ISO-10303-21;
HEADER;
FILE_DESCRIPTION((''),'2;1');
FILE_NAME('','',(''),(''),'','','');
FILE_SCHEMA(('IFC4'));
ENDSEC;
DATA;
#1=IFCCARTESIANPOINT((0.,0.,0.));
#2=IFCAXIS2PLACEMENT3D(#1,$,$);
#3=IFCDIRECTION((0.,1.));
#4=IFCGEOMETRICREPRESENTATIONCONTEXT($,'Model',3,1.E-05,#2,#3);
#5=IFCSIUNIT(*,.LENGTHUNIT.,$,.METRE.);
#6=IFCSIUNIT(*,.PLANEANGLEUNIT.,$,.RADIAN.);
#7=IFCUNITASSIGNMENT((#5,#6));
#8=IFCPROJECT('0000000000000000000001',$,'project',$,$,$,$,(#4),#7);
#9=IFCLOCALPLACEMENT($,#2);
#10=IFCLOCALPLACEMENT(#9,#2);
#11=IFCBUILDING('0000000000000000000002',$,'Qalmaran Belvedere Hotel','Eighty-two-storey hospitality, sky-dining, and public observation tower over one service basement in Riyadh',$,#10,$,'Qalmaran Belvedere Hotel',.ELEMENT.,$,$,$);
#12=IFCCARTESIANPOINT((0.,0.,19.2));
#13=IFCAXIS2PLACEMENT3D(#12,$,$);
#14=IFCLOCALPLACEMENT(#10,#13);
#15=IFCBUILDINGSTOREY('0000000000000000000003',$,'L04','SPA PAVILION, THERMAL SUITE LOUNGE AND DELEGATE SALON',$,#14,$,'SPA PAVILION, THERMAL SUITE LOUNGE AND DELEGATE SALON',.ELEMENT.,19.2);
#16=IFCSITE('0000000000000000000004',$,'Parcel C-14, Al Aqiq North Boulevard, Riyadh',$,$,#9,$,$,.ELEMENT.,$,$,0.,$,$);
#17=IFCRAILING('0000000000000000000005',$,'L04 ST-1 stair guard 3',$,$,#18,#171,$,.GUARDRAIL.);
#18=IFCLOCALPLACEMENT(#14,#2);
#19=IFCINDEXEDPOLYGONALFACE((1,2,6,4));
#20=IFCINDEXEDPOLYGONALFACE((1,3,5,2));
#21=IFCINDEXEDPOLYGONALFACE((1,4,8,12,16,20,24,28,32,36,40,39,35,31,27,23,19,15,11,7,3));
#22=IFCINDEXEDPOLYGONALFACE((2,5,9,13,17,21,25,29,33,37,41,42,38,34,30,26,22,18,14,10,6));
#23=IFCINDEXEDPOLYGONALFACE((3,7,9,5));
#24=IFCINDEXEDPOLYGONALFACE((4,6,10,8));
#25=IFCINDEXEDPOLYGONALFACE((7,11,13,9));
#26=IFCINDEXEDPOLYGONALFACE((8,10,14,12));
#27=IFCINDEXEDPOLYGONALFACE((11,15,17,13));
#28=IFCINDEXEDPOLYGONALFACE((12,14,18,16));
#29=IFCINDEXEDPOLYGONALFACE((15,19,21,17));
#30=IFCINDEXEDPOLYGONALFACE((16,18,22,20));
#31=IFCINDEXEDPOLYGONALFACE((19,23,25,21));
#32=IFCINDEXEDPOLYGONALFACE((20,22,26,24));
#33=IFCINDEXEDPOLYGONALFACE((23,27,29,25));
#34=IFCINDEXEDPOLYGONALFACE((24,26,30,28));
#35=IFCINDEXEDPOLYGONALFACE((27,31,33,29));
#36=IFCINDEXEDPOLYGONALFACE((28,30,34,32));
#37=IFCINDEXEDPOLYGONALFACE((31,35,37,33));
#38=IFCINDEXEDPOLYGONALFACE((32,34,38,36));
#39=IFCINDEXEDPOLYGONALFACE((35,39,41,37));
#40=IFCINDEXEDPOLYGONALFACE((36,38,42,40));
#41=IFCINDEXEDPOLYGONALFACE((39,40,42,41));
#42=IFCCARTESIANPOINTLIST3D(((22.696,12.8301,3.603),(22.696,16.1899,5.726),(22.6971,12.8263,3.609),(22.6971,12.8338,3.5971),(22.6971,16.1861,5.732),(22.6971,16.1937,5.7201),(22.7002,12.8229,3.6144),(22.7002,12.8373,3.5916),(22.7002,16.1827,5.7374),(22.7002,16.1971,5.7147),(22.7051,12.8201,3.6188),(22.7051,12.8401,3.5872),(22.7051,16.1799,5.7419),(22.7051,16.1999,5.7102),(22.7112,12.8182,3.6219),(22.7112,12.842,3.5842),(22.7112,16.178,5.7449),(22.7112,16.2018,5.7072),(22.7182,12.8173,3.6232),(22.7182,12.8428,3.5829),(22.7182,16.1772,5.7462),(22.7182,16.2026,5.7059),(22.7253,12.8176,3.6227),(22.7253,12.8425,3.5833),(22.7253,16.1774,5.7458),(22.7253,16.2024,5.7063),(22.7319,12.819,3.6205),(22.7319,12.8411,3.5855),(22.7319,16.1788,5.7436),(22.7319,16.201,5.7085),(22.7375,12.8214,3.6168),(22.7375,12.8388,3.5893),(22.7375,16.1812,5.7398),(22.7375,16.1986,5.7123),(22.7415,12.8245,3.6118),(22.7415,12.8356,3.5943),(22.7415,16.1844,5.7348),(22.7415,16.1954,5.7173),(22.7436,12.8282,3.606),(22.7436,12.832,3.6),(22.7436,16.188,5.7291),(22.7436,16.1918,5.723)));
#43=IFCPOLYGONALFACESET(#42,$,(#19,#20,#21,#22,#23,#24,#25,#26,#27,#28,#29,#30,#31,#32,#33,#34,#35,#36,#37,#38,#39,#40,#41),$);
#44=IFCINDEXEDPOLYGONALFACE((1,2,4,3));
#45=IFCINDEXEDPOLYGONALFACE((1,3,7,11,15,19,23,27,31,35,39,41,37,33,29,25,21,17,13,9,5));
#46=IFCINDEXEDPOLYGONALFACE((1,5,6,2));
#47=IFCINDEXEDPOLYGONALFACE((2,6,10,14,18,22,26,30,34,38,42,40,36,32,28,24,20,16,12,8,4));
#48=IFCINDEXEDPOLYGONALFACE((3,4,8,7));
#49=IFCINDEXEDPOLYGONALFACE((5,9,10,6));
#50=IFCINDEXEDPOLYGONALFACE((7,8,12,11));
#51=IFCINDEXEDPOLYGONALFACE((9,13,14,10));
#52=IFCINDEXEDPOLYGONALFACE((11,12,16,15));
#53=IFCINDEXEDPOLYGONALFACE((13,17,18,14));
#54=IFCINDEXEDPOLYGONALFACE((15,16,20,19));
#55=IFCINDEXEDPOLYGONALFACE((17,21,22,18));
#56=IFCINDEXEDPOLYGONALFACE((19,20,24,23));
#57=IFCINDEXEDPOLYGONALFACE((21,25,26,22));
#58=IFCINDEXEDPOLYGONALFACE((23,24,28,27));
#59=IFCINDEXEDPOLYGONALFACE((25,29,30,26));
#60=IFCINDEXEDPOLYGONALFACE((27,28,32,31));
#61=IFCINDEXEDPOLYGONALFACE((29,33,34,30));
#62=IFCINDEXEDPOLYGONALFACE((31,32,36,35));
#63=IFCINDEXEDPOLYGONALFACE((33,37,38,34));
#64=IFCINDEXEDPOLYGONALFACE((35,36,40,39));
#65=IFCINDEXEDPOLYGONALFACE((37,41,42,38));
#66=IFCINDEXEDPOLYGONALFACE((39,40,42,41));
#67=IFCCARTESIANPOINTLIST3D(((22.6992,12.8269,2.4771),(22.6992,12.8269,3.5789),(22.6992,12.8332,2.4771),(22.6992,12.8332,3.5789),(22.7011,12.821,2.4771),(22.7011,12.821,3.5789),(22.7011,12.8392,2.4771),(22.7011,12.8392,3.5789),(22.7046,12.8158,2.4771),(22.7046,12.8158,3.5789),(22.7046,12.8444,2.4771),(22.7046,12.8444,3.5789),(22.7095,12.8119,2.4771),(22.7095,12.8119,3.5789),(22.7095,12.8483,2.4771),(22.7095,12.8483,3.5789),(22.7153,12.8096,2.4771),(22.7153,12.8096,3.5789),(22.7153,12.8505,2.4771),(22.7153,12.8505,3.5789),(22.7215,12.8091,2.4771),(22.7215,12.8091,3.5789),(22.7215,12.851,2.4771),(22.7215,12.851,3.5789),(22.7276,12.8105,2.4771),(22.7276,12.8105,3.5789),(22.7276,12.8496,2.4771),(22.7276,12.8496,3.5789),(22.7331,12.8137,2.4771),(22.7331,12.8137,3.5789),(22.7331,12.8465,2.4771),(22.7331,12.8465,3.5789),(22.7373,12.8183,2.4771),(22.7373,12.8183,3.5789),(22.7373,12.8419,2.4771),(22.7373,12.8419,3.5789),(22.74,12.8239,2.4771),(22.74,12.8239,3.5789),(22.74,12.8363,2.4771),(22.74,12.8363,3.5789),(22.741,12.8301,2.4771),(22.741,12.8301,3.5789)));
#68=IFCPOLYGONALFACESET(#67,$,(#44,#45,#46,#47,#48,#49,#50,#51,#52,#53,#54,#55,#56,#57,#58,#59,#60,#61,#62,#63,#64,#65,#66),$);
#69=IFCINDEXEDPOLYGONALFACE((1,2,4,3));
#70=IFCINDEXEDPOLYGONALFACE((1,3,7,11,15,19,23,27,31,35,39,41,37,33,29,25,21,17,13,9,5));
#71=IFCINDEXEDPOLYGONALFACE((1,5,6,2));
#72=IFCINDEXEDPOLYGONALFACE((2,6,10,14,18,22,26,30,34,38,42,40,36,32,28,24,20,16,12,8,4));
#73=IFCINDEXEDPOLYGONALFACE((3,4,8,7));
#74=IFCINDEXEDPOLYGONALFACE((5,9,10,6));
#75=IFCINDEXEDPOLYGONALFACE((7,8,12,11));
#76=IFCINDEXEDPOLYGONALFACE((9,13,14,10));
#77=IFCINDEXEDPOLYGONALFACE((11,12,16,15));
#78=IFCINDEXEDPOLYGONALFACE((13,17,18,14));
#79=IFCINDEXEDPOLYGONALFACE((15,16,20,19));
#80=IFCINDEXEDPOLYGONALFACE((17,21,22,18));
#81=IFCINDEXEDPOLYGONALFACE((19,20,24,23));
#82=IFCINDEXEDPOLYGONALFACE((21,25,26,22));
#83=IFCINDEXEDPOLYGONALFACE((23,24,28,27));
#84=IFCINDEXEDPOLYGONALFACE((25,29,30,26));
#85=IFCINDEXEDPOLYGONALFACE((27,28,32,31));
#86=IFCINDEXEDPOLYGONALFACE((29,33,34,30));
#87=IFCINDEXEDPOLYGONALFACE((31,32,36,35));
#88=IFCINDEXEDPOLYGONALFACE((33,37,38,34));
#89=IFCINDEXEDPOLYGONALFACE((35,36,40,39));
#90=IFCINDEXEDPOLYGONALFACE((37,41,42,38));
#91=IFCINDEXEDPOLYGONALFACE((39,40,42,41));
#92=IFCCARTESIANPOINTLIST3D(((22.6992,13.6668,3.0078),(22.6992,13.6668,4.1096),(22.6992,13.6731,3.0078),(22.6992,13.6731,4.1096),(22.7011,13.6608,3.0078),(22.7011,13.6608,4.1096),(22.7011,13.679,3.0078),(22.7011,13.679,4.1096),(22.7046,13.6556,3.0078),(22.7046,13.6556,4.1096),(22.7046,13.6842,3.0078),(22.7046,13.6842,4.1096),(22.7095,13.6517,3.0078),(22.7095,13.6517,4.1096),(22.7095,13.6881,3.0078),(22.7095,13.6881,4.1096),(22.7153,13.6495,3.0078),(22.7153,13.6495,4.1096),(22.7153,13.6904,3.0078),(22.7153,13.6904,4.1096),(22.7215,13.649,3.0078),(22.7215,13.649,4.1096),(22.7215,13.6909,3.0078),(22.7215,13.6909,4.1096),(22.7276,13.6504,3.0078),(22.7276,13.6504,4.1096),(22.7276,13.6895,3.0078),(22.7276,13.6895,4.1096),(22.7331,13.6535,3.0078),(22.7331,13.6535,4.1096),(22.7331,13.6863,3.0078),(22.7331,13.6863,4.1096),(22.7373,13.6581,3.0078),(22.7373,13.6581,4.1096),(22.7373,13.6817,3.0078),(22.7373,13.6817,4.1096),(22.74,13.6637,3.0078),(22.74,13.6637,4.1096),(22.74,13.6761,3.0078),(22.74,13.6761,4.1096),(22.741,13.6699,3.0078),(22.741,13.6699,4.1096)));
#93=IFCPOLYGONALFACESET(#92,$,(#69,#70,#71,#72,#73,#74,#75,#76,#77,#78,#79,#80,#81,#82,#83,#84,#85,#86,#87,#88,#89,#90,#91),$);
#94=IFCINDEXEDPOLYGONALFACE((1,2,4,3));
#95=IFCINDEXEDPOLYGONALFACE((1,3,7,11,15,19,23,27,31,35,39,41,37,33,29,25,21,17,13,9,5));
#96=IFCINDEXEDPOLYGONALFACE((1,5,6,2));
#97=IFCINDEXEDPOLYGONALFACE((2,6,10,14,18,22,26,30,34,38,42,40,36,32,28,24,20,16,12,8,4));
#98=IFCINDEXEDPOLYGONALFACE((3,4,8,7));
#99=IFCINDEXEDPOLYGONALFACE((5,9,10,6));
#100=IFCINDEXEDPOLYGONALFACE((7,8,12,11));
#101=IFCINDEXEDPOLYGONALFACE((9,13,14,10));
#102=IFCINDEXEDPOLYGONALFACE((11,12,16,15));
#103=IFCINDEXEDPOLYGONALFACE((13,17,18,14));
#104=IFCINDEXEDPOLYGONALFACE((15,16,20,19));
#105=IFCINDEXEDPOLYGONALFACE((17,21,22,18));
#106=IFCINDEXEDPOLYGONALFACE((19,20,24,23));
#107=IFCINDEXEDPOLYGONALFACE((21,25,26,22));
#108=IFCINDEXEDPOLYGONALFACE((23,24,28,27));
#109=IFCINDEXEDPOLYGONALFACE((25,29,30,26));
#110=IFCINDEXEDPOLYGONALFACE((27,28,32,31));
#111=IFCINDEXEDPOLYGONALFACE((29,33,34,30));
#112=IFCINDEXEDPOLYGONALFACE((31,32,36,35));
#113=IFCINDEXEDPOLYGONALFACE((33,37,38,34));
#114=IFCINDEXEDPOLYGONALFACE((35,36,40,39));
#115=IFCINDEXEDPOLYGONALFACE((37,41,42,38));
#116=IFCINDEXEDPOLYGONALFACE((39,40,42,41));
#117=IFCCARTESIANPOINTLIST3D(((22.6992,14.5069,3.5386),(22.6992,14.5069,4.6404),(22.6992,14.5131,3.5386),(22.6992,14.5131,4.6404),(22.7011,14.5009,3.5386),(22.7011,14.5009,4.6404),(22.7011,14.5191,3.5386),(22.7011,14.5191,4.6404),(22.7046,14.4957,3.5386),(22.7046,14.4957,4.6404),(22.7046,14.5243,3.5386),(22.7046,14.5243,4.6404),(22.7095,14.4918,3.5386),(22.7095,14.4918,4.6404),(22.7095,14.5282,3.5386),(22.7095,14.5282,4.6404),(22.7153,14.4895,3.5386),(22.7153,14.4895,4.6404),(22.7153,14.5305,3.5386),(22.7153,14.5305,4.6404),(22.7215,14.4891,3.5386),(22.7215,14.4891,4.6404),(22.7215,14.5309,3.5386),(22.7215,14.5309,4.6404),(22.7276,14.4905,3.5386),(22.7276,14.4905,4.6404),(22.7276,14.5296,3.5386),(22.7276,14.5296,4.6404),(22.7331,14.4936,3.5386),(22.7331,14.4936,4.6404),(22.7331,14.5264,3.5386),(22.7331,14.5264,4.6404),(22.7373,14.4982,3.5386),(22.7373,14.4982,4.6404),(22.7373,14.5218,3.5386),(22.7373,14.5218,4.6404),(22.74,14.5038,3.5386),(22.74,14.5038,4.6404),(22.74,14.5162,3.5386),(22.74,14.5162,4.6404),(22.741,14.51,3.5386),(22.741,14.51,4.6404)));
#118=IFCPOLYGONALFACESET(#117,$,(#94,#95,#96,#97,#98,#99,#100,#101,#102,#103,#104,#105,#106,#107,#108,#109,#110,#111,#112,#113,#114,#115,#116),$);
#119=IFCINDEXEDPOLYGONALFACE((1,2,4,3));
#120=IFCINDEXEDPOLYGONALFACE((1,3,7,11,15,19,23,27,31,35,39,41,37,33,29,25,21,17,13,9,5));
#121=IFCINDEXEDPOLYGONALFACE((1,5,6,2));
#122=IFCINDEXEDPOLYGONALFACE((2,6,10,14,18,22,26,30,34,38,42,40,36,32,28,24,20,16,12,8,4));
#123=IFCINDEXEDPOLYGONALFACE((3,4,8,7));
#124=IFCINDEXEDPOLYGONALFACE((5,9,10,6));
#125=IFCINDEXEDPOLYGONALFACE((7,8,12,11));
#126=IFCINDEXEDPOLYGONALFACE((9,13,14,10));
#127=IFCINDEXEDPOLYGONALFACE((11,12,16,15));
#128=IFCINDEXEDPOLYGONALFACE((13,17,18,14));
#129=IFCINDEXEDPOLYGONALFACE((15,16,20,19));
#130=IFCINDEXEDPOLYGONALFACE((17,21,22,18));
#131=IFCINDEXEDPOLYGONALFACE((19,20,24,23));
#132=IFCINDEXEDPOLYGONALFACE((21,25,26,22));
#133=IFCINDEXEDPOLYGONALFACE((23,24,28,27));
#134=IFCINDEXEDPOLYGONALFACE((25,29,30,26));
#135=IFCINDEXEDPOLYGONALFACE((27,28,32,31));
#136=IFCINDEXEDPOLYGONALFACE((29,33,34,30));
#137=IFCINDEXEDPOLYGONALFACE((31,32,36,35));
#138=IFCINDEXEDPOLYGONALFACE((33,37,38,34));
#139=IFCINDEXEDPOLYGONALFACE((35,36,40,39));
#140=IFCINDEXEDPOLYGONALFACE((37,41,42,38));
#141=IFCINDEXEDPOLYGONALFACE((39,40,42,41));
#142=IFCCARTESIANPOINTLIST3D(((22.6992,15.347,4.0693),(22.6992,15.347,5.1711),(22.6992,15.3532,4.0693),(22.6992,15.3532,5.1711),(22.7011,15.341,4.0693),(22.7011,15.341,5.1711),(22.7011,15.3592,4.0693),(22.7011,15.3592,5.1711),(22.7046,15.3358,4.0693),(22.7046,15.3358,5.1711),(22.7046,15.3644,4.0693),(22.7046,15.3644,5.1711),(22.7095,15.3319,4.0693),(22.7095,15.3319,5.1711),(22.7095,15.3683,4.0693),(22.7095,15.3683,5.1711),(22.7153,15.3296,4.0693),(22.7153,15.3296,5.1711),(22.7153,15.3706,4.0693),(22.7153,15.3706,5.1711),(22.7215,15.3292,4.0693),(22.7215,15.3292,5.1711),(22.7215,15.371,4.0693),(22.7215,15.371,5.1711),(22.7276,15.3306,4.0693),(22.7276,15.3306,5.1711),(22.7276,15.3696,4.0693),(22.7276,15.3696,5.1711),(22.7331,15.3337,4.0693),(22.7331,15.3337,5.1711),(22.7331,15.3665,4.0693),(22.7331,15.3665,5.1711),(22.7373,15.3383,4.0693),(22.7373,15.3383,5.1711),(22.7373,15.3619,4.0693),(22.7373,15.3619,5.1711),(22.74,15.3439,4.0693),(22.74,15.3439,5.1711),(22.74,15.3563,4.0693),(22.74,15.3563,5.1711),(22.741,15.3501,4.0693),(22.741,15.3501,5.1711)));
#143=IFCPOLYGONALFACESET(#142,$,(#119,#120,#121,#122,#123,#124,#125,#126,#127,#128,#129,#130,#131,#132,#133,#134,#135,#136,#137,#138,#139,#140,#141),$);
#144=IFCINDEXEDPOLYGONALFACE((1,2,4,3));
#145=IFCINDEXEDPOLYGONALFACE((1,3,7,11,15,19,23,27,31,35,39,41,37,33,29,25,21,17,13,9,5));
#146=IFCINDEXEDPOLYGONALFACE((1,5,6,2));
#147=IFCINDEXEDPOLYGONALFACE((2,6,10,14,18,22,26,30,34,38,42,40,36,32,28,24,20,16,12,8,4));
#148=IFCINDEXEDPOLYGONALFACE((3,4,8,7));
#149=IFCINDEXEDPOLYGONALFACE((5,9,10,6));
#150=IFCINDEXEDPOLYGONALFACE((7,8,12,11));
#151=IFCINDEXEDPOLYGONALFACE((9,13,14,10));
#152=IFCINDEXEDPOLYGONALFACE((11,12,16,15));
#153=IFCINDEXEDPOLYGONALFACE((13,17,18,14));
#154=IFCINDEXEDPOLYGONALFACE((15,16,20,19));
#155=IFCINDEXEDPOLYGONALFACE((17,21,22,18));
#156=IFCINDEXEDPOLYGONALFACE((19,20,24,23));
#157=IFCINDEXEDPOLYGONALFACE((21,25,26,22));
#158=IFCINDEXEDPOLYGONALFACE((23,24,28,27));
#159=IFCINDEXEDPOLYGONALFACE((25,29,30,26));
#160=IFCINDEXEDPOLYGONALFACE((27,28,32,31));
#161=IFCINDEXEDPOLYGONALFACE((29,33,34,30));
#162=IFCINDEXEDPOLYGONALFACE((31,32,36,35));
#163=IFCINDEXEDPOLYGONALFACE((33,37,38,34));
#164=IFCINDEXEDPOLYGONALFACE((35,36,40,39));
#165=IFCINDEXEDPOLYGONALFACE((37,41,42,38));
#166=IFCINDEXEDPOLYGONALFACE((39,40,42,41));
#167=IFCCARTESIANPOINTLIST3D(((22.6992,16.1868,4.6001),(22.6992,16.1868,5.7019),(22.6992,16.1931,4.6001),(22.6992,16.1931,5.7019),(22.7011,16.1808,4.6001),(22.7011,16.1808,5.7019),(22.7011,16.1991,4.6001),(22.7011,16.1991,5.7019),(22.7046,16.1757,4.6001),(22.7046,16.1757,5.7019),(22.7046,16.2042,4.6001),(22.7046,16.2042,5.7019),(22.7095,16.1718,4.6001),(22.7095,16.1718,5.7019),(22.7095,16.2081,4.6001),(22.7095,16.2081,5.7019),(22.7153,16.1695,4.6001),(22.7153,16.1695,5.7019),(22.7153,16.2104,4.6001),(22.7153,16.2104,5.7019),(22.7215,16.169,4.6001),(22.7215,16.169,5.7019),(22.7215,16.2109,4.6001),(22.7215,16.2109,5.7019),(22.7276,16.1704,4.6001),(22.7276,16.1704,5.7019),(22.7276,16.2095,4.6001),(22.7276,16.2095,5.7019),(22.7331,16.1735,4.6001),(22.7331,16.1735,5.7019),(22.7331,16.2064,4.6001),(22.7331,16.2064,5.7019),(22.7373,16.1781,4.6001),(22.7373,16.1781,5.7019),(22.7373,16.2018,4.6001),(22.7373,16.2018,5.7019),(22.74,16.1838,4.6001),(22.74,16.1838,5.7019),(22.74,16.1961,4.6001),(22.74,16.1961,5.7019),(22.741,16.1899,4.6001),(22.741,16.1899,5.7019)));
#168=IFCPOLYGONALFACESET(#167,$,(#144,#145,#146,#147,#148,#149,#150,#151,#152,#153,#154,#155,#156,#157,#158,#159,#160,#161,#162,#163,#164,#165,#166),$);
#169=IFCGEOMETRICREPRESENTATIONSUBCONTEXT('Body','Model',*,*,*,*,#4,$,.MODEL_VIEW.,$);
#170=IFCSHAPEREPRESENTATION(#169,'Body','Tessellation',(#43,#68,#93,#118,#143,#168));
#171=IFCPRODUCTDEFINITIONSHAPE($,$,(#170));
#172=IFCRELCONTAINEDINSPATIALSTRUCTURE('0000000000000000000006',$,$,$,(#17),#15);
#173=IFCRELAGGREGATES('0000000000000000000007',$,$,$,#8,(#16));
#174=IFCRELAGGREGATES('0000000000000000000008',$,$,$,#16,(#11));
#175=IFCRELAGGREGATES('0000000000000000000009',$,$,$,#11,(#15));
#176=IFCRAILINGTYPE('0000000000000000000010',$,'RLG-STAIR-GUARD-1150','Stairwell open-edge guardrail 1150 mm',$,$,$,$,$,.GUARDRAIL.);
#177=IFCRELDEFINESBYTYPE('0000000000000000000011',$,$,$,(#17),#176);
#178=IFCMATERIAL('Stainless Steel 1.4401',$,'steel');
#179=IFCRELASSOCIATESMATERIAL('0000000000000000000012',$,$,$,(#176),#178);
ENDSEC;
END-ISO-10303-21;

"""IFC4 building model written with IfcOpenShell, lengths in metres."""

from ifc_helpers import new_model, si_unit, direction, frame, origin, origin_2d, place, context, subcontext, project, spatial, circle, extrude, material, type_object, element, save


model = new_model("IFC4")

# Units and contexts
model_context = context("Model", 3, precision=1e-05, world=origin(), true_north=direction((0.0, 1.0)))
body_context = subcontext(model_context, "Body", "Model", "MODEL_VIEW")
ifc_project = project(units=[si_unit("LENGTHUNIT", "METRE"), si_unit("PLANEANGLEUNIT", "RADIAN")], contexts=[model_context])

# Site, building, storey
site_placement = place(None, origin())
site = spatial("IfcSite", under=ifc_project, at=site_placement, Name="Parcel C-14, Al Aqiq North Boulevard, Riyadh", CompositionType="ELEMENT", RefElevation=0.0)
building_placement = place(site_placement, origin())
building = spatial("IfcBuilding", under=site, at=building_placement, Name="Qalmaran Belvedere Hotel", Description="Eighty-two-storey hospitality, sky-dining, and public observation tower over one service basement in Riyadh", LongName="Qalmaran Belvedere Hotel", CompositionType="ELEMENT")
storey_placement = place(building_placement, frame((0.0, 0.0, 19.2)))
storey = spatial("IfcBuildingStorey", under=building, at=storey_placement, Name="L04", Description="SPA PAVILION, THERMAL SUITE LOUNGE AND DELEGATE SALON", LongName="SPA PAVILION, THERMAL SUITE LOUNGE AND DELEGATE SALON", CompositionType="ELEMENT", Elevation=19.2)

# Railing
ifc_material_1 = material(Name="Stainless Steel 1.4401", Category="steel")
railing_type_1 = type_object("IfcRailingType", Name="RLG-STAIR-GUARD-1150", Description="Stairwell open-edge guardrail 1150 mm", PredefinedType="GUARDRAIL", material=ifc_material_1)
railing_1_placement = place(storey_placement, frame((22.72, 12.8301, 2.4771)))
element("IfcRailing", 1, at=railing_1_placement, inside=storey, type_object=railing_type_1, Name="L04 ST-1 stair guard 3", PredefinedType="GUARDRAIL", context=body_context, shape_type="SweptSolid", body=[
    extrude(circle(Radius=0.0239, at=origin_2d()), frame((0.0, 0.0, 1.126), z_axis=(0.0, 0.845372, 0.534178), x_axis=(-1.0, 0.0, 0.0)), (0.0, 0.0, 1.0), 3.9744),
    extrude(circle(Radius=0.021, at=origin_2d()), origin(), (0.0, 0.0, 1.0), 1.1018),
    extrude(circle(Radius=0.021, at=origin_2d()), frame((0.0, 0.8398, 0.5308)), (0.0, 0.0, 1.0), 1.1018),
    extrude(circle(Radius=0.021, at=origin_2d()), frame((0.0, 1.6799, 1.0615)), (0.0, 0.0, 1.0), 1.1018),
    extrude(circle(Radius=0.021, at=origin_2d()), frame((0.0, 2.52, 1.5923)), (0.0, 0.0, 1.0), 1.1018),
    extrude(circle(Radius=0.021, at=origin_2d()), frame((0.0, 3.3599, 2.123)), (0.0, 0.0, 1.0), 1.1018),
])

save(model, "model.ifc")
